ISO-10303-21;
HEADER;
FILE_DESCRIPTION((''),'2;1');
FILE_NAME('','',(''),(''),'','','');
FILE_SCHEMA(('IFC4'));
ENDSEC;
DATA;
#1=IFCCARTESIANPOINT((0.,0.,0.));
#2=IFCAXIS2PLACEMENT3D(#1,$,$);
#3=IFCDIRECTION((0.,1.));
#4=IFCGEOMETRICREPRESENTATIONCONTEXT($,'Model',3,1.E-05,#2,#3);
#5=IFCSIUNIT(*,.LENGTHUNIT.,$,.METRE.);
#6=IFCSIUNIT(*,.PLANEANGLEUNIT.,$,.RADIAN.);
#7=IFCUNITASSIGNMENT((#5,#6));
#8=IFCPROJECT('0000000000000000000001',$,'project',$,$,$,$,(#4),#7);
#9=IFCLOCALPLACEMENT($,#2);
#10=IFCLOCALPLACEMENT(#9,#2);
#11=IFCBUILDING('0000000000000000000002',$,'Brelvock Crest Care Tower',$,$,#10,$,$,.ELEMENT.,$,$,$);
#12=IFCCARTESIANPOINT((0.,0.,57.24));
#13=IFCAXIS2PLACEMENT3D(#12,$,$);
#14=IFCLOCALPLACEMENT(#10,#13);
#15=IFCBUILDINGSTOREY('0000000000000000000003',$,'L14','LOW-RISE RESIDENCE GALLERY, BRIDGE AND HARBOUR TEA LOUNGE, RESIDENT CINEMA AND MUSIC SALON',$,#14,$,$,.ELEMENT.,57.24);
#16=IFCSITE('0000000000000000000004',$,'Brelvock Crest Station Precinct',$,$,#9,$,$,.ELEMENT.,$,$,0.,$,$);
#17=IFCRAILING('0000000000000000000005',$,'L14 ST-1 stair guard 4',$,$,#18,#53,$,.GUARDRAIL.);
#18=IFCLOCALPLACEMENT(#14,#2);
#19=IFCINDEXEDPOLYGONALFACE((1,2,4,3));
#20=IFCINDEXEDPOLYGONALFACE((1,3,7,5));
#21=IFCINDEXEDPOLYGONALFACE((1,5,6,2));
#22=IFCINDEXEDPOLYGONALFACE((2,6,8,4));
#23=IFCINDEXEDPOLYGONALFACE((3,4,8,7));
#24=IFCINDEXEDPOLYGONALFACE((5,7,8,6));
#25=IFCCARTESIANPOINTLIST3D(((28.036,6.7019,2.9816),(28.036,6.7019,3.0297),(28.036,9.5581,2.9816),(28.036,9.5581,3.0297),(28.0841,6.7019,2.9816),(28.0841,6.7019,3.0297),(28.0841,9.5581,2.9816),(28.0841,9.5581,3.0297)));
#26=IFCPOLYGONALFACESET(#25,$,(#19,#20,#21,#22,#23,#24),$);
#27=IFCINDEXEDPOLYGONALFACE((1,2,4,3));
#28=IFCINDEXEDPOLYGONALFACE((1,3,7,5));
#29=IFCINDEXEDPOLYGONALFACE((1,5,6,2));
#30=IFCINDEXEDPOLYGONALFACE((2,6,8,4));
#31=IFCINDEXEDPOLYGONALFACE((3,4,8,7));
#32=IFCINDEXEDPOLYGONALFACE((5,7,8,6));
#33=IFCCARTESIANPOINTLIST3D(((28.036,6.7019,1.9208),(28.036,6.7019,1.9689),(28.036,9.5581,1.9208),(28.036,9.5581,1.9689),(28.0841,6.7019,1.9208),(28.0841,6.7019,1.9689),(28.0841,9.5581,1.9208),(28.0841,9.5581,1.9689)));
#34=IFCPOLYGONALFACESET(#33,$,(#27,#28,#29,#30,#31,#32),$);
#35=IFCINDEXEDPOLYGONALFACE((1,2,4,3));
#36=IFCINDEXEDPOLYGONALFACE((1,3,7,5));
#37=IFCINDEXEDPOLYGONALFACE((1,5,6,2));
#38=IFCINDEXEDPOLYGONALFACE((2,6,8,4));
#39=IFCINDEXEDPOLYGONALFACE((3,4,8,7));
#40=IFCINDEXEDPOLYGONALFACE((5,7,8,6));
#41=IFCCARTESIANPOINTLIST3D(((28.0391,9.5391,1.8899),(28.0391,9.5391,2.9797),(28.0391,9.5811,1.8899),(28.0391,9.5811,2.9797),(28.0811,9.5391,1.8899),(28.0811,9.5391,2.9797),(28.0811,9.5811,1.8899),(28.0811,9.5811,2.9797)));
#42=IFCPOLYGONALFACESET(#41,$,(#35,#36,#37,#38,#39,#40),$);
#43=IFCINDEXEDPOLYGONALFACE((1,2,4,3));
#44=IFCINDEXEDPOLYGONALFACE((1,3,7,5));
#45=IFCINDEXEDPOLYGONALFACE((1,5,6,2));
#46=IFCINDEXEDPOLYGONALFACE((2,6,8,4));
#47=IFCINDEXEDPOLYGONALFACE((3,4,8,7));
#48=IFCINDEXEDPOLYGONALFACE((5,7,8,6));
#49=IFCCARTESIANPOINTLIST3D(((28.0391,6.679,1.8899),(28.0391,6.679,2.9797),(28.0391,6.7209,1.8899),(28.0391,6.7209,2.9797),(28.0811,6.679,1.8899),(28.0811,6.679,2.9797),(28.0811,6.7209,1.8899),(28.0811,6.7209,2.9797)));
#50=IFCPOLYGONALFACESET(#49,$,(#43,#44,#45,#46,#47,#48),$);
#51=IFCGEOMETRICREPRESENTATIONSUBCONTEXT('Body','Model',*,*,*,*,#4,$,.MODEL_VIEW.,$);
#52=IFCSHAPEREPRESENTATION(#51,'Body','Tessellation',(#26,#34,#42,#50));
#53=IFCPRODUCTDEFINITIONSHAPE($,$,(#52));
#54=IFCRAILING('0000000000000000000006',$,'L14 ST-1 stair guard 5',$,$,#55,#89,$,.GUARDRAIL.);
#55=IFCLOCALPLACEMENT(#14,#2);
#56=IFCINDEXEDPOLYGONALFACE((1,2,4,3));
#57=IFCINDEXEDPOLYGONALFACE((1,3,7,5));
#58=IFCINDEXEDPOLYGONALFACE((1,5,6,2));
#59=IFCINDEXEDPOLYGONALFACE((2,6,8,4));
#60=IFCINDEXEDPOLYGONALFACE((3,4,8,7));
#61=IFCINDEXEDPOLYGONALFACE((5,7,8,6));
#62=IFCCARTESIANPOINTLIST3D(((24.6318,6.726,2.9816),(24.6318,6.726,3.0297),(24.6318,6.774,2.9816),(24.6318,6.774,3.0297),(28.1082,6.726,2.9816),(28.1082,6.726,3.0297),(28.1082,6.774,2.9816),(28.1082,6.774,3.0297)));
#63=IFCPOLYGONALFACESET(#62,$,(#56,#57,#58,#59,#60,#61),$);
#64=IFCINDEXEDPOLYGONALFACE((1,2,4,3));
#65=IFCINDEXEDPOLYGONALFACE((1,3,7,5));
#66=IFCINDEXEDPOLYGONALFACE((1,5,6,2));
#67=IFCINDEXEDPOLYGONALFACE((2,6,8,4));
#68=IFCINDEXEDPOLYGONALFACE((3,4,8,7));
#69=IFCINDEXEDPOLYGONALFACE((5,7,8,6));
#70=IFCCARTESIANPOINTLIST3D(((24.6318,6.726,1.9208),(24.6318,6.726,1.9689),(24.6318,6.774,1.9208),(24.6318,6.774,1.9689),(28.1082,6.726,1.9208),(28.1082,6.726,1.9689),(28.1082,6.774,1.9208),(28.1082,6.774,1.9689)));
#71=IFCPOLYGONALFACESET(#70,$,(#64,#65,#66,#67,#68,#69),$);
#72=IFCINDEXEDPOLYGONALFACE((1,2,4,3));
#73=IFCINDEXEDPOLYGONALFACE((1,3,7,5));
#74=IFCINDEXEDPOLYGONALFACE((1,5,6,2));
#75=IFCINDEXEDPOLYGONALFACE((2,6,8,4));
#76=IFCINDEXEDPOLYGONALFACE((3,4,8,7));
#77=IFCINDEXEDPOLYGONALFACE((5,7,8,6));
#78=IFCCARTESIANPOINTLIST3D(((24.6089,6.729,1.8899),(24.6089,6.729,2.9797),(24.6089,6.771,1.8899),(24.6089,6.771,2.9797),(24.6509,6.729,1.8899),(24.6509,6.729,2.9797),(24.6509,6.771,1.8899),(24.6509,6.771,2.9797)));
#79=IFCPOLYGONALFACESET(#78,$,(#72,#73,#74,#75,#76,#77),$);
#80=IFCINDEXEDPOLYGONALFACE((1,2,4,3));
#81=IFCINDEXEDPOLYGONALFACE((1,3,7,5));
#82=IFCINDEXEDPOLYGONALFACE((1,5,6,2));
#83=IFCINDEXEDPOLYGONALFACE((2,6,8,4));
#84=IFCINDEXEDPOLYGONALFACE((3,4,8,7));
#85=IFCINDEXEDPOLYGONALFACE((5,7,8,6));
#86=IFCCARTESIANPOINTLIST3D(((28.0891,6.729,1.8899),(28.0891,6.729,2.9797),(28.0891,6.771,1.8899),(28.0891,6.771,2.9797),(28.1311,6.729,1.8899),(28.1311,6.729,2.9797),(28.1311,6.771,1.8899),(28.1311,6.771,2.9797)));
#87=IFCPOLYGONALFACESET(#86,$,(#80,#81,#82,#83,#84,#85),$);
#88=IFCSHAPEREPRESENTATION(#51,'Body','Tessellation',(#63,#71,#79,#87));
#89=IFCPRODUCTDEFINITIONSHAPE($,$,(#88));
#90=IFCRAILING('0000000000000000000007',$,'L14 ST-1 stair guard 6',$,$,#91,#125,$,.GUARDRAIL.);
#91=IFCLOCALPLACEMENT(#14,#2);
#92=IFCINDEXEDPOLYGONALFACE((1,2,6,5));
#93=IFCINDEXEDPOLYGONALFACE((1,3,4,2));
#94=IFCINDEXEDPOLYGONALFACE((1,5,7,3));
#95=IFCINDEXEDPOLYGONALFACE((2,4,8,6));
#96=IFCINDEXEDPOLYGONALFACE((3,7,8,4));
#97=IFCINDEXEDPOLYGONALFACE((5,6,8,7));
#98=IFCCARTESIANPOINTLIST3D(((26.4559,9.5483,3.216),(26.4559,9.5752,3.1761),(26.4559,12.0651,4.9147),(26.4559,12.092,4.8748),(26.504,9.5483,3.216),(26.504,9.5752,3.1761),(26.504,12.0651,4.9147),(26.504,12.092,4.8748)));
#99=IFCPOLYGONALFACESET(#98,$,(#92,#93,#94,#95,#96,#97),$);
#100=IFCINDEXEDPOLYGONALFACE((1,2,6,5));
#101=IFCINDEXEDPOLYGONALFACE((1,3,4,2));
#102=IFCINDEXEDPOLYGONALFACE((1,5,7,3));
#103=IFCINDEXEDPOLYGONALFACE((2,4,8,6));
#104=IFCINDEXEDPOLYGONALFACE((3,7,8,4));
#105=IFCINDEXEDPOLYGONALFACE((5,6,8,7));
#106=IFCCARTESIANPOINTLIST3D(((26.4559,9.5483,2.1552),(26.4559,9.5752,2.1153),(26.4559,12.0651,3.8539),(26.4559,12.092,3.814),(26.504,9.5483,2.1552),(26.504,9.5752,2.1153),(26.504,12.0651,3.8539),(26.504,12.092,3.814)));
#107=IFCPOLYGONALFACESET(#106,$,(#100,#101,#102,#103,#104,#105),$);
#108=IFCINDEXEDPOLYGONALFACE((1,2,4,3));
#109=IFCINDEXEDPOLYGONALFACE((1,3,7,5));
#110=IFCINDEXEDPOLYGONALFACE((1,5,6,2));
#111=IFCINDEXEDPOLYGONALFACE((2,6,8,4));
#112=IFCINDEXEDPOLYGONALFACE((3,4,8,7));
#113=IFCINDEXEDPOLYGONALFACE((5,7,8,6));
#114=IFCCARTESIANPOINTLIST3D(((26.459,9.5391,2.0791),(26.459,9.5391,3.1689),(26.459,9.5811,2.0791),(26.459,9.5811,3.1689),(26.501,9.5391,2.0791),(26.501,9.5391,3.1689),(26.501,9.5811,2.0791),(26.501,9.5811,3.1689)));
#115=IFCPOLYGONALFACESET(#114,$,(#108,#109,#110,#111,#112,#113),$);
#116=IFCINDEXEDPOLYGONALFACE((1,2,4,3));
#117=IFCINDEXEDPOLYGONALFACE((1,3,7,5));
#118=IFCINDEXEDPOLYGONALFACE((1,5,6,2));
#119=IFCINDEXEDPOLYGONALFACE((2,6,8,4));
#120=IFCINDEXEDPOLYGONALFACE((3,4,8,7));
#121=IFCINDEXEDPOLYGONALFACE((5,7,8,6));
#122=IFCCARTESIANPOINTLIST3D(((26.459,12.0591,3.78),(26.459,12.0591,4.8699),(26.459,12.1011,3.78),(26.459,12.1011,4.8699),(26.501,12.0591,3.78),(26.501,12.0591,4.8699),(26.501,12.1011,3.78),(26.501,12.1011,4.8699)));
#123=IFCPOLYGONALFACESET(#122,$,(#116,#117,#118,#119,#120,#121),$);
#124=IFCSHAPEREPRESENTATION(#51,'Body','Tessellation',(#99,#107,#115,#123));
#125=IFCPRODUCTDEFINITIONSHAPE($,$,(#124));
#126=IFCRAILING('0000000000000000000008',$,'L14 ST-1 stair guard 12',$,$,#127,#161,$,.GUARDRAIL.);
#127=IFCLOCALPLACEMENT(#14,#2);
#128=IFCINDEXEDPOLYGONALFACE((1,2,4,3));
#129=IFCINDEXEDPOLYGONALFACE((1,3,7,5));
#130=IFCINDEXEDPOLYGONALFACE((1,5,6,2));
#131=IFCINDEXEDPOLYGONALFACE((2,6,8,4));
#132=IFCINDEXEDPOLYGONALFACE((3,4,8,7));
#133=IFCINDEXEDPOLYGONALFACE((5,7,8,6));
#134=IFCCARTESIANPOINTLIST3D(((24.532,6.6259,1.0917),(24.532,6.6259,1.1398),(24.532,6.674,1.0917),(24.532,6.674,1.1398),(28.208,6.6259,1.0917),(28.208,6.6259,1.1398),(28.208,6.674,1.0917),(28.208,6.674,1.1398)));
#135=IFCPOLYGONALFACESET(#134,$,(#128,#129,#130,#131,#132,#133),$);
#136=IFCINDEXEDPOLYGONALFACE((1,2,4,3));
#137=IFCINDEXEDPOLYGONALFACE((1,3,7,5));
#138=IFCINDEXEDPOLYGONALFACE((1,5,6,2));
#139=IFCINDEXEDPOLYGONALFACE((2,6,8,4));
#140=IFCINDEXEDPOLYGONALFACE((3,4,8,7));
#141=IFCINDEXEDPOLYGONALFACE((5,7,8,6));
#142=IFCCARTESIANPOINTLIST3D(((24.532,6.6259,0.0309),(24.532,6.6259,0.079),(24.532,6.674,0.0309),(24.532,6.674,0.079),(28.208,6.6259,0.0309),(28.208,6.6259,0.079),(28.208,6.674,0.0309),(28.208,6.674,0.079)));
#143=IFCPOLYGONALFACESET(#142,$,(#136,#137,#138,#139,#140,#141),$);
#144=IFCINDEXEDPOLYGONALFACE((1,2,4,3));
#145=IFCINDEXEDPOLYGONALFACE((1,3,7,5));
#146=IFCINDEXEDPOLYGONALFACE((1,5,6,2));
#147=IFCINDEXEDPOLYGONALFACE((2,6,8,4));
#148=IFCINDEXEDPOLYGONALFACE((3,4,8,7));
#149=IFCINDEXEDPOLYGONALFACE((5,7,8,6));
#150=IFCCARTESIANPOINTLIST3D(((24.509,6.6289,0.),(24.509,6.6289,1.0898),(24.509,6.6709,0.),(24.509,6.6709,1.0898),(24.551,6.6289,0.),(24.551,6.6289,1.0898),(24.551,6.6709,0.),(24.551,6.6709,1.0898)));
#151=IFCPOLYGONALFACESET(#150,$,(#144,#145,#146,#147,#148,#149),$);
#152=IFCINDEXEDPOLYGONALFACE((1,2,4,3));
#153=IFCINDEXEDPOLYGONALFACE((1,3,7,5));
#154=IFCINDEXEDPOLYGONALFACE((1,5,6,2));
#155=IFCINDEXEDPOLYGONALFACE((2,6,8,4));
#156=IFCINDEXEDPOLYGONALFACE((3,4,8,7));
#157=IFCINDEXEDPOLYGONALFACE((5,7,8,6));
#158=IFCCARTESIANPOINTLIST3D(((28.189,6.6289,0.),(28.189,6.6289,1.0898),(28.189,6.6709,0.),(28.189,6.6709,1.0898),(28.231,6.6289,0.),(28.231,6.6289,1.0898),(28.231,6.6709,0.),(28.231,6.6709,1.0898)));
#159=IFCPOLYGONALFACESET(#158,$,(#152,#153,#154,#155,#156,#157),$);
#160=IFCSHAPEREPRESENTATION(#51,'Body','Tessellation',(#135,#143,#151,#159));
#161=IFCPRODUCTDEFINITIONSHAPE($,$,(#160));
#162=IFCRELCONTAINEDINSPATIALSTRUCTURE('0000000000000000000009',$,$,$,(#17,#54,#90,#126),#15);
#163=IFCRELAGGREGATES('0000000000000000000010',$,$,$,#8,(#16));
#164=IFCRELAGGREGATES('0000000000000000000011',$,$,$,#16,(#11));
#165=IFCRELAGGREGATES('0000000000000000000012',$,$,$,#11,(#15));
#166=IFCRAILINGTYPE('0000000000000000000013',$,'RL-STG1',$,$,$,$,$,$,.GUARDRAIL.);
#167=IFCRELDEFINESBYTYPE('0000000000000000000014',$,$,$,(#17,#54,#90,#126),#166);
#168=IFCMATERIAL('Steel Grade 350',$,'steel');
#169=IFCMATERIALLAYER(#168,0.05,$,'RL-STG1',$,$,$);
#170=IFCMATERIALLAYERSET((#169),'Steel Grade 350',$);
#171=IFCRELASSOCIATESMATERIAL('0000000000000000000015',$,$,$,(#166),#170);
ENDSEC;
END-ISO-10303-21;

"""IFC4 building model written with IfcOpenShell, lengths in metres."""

from ifc_helpers import new_model, si_unit, direction, frame, origin, origin_2d, place, context, subcontext, project, spatial, rectangle, extrude, material, layer, layer_set, type_object, element, save


model = new_model("IFC4")

# Units and contexts
model_context = context("Model", 3, precision=1e-05, world=origin(), true_north=direction((0.0, 1.0)))
body_context = subcontext(model_context, "Body", "Model", "MODEL_VIEW")
ifc_project = project(units=[si_unit("LENGTHUNIT", "METRE"), si_unit("PLANEANGLEUNIT", "RADIAN")], contexts=[model_context])

# Site, building, storey
site_placement = place(None, origin())
site = spatial("IfcSite", under=ifc_project, at=site_placement, Name="Brelvock Crest Station Precinct", CompositionType="ELEMENT", RefElevation=0.0)
building_placement = place(site_placement, origin())
building = spatial("IfcBuilding", under=site, at=building_placement, Name="Brelvock Crest Care Tower", CompositionType="ELEMENT")
storey_placement = place(building_placement, frame((0.0, 0.0, 57.24)))
storey = spatial("IfcBuildingStorey", under=building, at=storey_placement, Name="L14", Description="LOW-RISE RESIDENCE GALLERY, BRIDGE AND HARBOUR TEA LOUNGE, RESIDENT CINEMA AND MUSIC SALON", CompositionType="ELEMENT", Elevation=57.24)

# Shared definitions
ifc_material_1 = material(Name="Steel Grade 350", Category="steel")

# Railings
ifc_layer_1 = layer(ifc_material_1, 0.05, Name="RL-STG1")
ifc_layer_set_1 = layer_set([ifc_layer_1], Name="Steel Grade 350")
railing_type = type_object("IfcRailingType", Name="RL-STG1", PredefinedType="GUARDRAIL", material=ifc_layer_set_1)
for number, where, name in (
    (1, (28.0601, 9.5601, 1.8899), "L14 ST-1 stair guard 4"),
):
    element("IfcRailing", number, at=place(storey_placement, frame(where)), inside=storey, type_object=railing_type, Name=name, PredefinedType="GUARDRAIL", context=body_context, shape_type="SweptSolid", body=[
        extrude(rectangle(XDim=0.0481, YDim=0.0481, at=origin_2d()), frame((0.0, -0.002, 1.1157), z_axis=(0.0, -1.0, 0.0), x_axis=(1.0, 0.0, 0.0)), (0.0, 0.0, 1.0), 2.8562),
        extrude(rectangle(XDim=0.0481, YDim=0.0481, at=origin_2d()), frame((0.0, -0.002, 0.0549), z_axis=(0.0, -1.0, 0.0), x_axis=(1.0, 0.0, 0.0)), (0.0, 0.0, 1.0), 2.8562),
        extrude(rectangle(XDim=0.042, YDim=0.042, at=origin_2d()), origin(), (0.0, 0.0, 1.0), 1.0898),
        extrude(rectangle(XDim=0.042, YDim=0.042, at=origin_2d()), frame((0.0, -2.8601, 0.0)), (0.0, 0.0, 1.0), 1.0898),
    ])
railing_1_placement = place(storey_placement, frame((24.6299, 6.75, 1.8899)))
element("IfcRailing", 2, at=railing_1_placement, inside=storey, type_object=railing_type, Name="L14 ST-1 stair guard 5", PredefinedType="GUARDRAIL", context=body_context, shape_type="SweptSolid", body=[
    extrude(rectangle(XDim=0.0481, YDim=0.0481, at=origin_2d()), frame((0.002, 0.0, 1.1157), z_axis=(1.0, 0.0, 0.0), x_axis=(0.0, 1.0, 0.0)), (0.0, 0.0, 1.0), 3.4763),
    extrude(rectangle(XDim=0.0481, YDim=0.0481, at=origin_2d()), frame((0.002, 0.0, 0.0549), z_axis=(1.0, 0.0, 0.0), x_axis=(0.0, 1.0, 0.0)), (0.0, 0.0, 1.0), 3.4763),
    extrude(rectangle(XDim=0.042, YDim=0.042, at=origin_2d()), origin(), (0.0, 0.0, 1.0), 1.0898),
    extrude(rectangle(XDim=0.042, YDim=0.042, at=origin_2d()), frame((3.4802, 0.0, 0.0)), (0.0, 0.0, 1.0), 1.0898),
])
railing_2_placement = place(storey_placement, frame((26.48, 9.5601, 2.0791)))
element("IfcRailing", 3, at=railing_2_placement, inside=storey, type_object=railing_type, Name="L14 ST-1 stair guard 6", PredefinedType="GUARDRAIL", context=body_context, shape_type="SweptSolid", body=[
    extrude(rectangle(XDim=0.0481, YDim=0.0481, at=origin_2d()), frame((0.0, 0.0017, 1.1169), z_axis=(0.0, 0.828862, 0.559454), x_axis=(-1.0, 0.0, 0.0)), (0.0, 0.0, 1.0), 3.0364),
    extrude(rectangle(XDim=0.0481, YDim=0.0481, at=origin_2d()), frame((0.0, 0.0017, 0.0562), z_axis=(0.0, 0.828862, 0.559454), x_axis=(-1.0, 0.0, 0.0)), (0.0, 0.0, 1.0), 3.0364),
    extrude(rectangle(XDim=0.042, YDim=0.042, at=origin_2d()), origin(), (0.0, 0.0, 1.0), 1.0898),
    extrude(rectangle(XDim=0.042, YDim=0.042, at=origin_2d()), frame((0.0, 2.52, 1.7009)), (0.0, 0.0, 1.0), 1.0898),
])
railing_3_placement = place(storey_placement, frame((24.53, 6.6499, 0.0)))
element("IfcRailing", 4, at=railing_3_placement, inside=storey, type_object=railing_type, Name="L14 ST-1 stair guard 12", PredefinedType="GUARDRAIL", context=body_context, shape_type="SweptSolid", body=[
    extrude(rectangle(XDim=0.0481, YDim=0.0481, at=origin_2d()), frame((0.002, 0.0, 1.1157), z_axis=(1.0, 0.0, 0.0), x_axis=(0.0, 1.0, 0.0)), (0.0, 0.0, 1.0), 3.676),
    extrude(rectangle(XDim=0.0481, YDim=0.0481, at=origin_2d()), frame((0.002, 0.0, 0.0549), z_axis=(1.0, 0.0, 0.0), x_axis=(0.0, 1.0, 0.0)), (0.0, 0.0, 1.0), 3.676),
    extrude(rectangle(XDim=0.042, YDim=0.042, at=origin_2d()), origin(), (0.0, 0.0, 1.0), 1.0898),
    extrude(rectangle(XDim=0.042, YDim=0.042, at=origin_2d()), frame((3.6799, 0.0, 0.0)), (0.0, 0.0, 1.0), 1.0898),
])

save(model, "model.ifc")
